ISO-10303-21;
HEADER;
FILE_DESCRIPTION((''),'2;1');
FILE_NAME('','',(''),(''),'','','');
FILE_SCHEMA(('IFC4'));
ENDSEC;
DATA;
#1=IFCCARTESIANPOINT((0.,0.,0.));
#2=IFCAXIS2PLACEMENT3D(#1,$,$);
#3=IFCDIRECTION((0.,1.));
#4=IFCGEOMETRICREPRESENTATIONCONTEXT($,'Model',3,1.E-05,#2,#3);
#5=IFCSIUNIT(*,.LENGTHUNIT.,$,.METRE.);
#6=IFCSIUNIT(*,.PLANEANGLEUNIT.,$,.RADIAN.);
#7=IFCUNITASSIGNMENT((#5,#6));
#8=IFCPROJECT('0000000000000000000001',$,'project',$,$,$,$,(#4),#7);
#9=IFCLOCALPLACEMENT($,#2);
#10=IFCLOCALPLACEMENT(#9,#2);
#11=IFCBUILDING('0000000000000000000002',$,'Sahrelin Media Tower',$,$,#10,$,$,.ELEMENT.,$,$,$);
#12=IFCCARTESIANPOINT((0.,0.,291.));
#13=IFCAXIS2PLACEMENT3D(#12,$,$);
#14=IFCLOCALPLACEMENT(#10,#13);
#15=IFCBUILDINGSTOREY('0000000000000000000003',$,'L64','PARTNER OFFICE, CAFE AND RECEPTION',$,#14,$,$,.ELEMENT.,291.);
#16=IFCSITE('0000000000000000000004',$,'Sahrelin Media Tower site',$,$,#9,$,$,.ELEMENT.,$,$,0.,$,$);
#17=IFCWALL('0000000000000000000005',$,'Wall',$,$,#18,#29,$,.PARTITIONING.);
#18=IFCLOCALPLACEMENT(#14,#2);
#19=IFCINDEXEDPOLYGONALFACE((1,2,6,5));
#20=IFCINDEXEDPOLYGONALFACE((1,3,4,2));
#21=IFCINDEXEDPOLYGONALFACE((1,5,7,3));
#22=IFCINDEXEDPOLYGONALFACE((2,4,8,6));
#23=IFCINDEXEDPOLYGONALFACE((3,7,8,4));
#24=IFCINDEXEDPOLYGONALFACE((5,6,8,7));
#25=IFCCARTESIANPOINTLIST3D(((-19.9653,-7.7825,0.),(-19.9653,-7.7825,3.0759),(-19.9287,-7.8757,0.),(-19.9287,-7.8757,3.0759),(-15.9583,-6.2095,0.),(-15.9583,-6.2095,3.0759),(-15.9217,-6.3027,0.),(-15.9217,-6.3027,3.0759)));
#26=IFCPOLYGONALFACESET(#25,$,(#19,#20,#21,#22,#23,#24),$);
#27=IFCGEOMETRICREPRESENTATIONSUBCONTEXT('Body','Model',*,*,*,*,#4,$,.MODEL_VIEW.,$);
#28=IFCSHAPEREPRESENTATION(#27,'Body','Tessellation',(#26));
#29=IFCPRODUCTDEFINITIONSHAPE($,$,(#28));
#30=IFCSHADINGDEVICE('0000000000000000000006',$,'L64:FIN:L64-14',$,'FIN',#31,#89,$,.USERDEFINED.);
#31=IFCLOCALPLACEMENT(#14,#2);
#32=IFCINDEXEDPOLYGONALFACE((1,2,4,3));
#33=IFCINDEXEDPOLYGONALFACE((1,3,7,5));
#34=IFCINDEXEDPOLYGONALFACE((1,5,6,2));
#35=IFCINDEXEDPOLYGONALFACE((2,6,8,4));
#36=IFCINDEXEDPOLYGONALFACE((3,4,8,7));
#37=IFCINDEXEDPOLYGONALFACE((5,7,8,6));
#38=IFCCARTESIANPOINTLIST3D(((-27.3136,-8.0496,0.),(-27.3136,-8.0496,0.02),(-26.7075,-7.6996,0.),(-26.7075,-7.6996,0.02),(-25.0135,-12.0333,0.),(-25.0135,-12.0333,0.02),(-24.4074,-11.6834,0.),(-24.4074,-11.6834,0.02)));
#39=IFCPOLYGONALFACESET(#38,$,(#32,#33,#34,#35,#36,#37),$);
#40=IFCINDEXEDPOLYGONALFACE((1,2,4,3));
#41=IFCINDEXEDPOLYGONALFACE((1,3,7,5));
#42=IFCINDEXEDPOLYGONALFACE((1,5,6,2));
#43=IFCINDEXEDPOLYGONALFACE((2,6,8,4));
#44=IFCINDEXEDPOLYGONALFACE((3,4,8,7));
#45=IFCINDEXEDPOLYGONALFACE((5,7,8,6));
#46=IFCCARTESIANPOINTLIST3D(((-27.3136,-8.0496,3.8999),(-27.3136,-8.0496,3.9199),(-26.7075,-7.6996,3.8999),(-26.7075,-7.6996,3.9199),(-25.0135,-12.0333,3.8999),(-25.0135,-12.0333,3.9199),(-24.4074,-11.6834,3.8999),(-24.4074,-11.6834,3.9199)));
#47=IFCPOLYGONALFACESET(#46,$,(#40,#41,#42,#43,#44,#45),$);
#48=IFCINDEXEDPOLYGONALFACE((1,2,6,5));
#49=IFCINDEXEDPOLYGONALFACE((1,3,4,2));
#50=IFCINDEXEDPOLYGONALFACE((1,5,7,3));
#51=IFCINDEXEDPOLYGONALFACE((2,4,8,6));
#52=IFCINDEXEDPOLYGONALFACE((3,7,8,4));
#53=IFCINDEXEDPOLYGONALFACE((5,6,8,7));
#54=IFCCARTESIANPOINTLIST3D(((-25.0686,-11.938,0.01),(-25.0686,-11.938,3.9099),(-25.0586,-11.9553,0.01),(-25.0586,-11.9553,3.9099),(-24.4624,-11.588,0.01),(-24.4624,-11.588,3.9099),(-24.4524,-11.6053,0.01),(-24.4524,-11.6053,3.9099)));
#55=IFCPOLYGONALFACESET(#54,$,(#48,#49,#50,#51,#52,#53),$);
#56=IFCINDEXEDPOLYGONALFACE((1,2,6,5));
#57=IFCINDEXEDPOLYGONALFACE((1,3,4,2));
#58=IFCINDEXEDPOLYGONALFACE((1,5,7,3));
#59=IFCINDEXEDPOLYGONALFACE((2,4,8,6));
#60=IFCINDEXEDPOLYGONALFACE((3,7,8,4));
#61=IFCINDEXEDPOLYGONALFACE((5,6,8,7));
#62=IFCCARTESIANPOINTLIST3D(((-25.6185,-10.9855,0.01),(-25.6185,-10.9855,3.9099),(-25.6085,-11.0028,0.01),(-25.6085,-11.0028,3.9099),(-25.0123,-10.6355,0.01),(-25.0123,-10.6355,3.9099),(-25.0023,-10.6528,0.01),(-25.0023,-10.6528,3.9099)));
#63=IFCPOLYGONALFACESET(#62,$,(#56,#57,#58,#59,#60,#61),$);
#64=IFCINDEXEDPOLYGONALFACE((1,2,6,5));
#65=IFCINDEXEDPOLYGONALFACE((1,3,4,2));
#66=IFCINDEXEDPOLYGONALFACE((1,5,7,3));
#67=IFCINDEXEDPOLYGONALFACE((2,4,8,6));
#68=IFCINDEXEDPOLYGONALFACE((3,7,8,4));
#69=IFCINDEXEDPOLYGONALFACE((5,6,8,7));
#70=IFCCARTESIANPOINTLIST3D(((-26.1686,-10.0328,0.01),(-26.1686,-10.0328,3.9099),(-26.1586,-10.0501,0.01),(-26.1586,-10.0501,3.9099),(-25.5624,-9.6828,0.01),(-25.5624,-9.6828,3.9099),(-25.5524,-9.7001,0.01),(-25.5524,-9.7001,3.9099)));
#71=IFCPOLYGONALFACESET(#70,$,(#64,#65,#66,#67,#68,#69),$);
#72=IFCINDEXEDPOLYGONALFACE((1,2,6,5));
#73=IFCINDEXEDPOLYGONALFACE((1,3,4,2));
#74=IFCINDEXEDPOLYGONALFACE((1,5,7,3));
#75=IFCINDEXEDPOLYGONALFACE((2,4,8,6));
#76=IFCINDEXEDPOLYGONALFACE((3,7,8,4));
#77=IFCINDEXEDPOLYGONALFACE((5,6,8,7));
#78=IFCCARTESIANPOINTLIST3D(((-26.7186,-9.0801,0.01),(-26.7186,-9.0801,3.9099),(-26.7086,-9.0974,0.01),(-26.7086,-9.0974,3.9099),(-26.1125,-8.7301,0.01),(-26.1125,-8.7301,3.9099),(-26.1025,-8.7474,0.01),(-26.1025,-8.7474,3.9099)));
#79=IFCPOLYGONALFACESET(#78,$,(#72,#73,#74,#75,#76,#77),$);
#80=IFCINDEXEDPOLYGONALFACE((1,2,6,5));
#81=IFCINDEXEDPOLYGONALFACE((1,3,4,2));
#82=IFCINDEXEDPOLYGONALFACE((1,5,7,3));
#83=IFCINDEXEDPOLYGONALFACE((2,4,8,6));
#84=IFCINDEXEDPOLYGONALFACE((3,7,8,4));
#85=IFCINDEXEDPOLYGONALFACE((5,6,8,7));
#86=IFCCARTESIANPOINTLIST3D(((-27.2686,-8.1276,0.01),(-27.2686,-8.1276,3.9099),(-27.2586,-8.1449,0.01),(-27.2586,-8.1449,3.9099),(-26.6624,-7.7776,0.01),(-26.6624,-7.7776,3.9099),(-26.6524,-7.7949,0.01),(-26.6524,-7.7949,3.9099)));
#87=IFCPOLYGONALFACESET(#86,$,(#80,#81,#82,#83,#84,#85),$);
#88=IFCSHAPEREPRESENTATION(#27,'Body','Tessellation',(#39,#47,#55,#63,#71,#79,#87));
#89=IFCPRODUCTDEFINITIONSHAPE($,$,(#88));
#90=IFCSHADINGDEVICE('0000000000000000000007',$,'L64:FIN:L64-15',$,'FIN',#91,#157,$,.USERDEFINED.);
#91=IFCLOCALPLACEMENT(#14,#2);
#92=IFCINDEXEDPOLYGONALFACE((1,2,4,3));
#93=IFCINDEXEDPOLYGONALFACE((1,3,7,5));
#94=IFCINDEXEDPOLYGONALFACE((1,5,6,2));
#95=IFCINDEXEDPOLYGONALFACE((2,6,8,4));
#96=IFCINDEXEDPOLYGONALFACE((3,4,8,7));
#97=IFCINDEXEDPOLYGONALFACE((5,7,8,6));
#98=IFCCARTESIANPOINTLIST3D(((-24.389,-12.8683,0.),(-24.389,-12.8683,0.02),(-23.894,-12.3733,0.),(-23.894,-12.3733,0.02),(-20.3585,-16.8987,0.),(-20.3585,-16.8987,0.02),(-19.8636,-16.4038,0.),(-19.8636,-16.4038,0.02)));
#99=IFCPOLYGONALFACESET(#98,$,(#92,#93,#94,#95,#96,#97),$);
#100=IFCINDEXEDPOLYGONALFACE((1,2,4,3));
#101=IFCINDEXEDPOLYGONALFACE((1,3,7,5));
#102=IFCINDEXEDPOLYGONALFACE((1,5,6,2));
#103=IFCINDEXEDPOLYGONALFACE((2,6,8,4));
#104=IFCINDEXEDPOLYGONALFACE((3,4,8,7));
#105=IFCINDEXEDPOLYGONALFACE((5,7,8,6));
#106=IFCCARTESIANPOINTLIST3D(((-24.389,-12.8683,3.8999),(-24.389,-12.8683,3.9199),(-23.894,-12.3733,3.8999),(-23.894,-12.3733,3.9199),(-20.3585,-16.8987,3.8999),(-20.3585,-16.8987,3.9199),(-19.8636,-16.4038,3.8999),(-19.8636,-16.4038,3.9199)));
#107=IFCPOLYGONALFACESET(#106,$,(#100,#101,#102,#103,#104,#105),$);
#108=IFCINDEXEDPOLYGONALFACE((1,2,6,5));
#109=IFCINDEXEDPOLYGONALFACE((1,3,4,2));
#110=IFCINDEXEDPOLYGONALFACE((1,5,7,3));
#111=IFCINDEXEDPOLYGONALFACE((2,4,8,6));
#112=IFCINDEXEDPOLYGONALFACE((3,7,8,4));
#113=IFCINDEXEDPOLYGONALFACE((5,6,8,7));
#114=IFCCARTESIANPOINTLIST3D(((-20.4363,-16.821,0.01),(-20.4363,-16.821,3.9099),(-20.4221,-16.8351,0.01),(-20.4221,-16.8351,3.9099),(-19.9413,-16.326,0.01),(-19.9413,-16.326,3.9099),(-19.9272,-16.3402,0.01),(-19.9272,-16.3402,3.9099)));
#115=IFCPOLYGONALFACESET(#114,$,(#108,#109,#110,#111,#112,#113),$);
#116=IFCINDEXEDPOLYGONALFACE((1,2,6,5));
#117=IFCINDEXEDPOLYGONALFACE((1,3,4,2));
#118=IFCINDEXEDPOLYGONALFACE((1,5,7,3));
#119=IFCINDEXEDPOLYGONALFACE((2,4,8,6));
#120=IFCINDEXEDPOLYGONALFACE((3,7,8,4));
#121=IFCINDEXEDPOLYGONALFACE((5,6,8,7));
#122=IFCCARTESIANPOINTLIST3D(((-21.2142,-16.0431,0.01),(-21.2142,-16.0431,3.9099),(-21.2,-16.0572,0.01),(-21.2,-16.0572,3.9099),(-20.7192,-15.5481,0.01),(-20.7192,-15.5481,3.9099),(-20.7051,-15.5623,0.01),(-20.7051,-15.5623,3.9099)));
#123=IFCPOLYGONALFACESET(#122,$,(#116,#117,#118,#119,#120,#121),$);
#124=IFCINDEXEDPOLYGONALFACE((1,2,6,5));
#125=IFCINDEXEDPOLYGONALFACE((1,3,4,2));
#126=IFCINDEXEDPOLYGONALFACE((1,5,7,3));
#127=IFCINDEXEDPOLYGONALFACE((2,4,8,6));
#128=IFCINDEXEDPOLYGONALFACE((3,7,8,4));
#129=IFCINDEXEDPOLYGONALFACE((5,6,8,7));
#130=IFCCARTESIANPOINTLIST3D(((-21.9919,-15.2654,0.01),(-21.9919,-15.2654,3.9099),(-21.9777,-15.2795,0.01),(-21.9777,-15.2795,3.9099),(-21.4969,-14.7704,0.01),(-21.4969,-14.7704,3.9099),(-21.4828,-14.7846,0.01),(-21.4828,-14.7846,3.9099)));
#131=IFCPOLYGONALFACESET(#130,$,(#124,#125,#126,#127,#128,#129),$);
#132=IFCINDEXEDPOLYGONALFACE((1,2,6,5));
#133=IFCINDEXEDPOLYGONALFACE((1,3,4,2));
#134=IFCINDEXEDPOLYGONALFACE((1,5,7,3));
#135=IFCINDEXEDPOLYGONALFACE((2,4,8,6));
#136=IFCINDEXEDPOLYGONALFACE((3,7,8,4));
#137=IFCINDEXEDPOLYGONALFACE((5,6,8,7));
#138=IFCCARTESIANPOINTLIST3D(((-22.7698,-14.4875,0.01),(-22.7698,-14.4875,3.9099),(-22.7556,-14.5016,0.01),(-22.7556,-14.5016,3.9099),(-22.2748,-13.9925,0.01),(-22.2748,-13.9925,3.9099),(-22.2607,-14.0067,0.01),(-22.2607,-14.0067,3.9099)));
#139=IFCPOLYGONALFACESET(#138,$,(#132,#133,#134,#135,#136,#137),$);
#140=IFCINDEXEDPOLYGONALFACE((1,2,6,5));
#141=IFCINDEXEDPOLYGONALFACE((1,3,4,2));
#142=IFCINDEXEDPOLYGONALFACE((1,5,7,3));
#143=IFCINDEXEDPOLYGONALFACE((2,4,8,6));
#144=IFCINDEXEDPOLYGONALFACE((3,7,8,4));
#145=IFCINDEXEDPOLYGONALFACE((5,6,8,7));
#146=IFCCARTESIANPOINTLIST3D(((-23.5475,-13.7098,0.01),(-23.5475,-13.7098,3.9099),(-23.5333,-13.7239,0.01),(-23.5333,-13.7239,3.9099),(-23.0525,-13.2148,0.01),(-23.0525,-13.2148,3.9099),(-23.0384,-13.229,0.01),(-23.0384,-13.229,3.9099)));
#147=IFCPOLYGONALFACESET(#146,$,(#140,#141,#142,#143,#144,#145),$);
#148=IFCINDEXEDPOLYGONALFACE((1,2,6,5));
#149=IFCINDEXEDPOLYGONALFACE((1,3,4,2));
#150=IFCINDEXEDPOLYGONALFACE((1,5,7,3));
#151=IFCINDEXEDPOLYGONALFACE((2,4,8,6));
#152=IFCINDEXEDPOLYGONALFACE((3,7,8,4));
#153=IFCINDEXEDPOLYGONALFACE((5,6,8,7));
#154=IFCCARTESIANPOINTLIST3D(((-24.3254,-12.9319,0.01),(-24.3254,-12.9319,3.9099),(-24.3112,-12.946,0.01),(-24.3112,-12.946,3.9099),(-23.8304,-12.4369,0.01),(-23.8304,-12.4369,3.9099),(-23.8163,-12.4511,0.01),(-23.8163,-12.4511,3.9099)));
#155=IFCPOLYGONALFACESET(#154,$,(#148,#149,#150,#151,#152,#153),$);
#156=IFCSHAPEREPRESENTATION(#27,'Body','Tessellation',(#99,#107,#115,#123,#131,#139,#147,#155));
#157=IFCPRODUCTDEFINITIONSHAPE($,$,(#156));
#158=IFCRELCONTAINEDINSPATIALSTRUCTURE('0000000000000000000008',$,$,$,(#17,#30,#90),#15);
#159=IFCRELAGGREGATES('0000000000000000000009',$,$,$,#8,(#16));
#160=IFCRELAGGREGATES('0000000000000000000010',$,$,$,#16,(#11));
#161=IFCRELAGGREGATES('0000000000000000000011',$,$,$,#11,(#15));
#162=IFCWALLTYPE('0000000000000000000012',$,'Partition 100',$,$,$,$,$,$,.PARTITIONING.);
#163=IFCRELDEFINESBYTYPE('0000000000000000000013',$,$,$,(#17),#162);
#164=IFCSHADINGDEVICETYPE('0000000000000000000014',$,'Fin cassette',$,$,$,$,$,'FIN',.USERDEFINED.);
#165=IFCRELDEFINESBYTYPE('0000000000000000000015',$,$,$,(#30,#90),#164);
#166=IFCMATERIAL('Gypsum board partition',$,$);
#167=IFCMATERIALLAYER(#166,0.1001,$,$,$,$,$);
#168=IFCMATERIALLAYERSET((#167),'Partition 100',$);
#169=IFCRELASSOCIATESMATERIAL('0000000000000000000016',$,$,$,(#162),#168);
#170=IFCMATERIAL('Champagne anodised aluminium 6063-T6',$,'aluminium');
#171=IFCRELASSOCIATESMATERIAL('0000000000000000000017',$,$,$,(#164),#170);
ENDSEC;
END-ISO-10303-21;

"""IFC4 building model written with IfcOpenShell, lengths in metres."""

from ifc_helpers import new_model, si_unit, direction, frame, frame_2d, origin, origin_2d, place, context, subcontext, project, spatial, rectangle, extrude, material, layer, layer_set, type_object, element, save


model = new_model("IFC4")

# Units and contexts
model_context = context("Model", 3, precision=1e-05, world=origin(), true_north=direction((0.0, 1.0)))
body_context = subcontext(model_context, "Body", "Model", "MODEL_VIEW")
ifc_project = project(units=[si_unit("LENGTHUNIT", "METRE"), si_unit("PLANEANGLEUNIT", "RADIAN")], contexts=[model_context])

# Site, building, storey
site_placement = place(None, origin())
site = spatial("IfcSite", under=ifc_project, at=site_placement, Name="Sahrelin Media Tower site", CompositionType="ELEMENT", RefElevation=0.0)
building_placement = place(site_placement, origin())
building = spatial("IfcBuilding", under=site, at=building_placement, Name="Sahrelin Media Tower", CompositionType="ELEMENT")
storey_placement = place(building_placement, frame((0.0, 0.0, 291.0)))
storey = spatial("IfcBuildingStorey", under=building, at=storey_placement, Name="L64", Description="PARTNER OFFICE, CAFE AND RECEPTION", CompositionType="ELEMENT", Elevation=291.0)

# Shared definitions
ifc_material_1 = material(Name="Champagne anodised aluminium 6063-T6", Category="aluminium")

# Wall
ifc_material_2 = material(Name="Gypsum board partition")
ifc_layer_1 = layer(ifc_material_2, 0.1001)
ifc_layer_set_1 = layer_set([ifc_layer_1], Name="Partition 100")
wall_type = type_object("IfcWallType", Name="Partition 100", PredefinedType="PARTITIONING", material=ifc_layer_set_1)
wall_placement = place(storey_placement, frame((-19.947, -7.8291, 0.0), z_axis=(0.0, 0.0, 1.0), x_axis=(0.930847, 0.365408, 0.0)))
element("IfcWall", 1, at=wall_placement, inside=storey, type_object=wall_type, Name="Wall", PredefinedType="PARTITIONING", context=body_context, shape_type="SweptSolid", body=[
    extrude(rectangle(XDim=4.3047, YDim=0.1001, at=frame_2d((2.1523, 0.0))), origin(), (0.0, 0.0, 1.0), 3.0759),
])

# Shading devices
shading_device_type_1 = type_object("IfcShadingDeviceType", Name="Fin cassette", ElementType="FIN", PredefinedType="USERDEFINED", material=ifc_material_1)
placement_1 = place(storey_placement, frame((-25.4968, -9.6565, 0.0), z_axis=(0.0, 0.0, 1.0), x_axis=(-0.500011, 0.866019, 0.0)))
element("IfcShadingDevice", 2, at=placement_1, inside=storey, type_object=shading_device_type_1, Name="L64:FIN:L64-14", ObjectType="FIN", PredefinedType="USERDEFINED", context=body_context, shape_type="SweptSolid", body=[
    extrude(rectangle(XDim=4.6001, YDim=0.7, at=origin_2d()), frame((0.0, 0.4199, 0.0)), (0.0, 0.0, 1.0), 0.02),
    extrude(rectangle(XDim=4.6001, YDim=0.7, at=origin_2d()), frame((0.0, 0.4199, 3.8999)), (0.0, 0.0, 1.0), 0.02),
    extrude(rectangle(XDim=0.02, YDim=0.7, at=origin_2d()), frame((-2.2, 0.4199, 0.01), z_axis=(0.0, 0.0, 1.0), x_axis=(1.0, 0.0, 0.0)), (0.0, 0.0, 1.0), 3.8999),
    extrude(rectangle(XDim=0.02, YDim=0.7, at=origin_2d()), frame((-1.1001, 0.4199, 0.01), z_axis=(0.0, 0.0, 1.0), x_axis=(1.0, 0.0, 0.0)), (0.0, 0.0, 1.0), 3.8999),
    extrude(rectangle(XDim=0.02, YDim=0.7, at=origin_2d()), frame((0.0, 0.4199, 0.01), z_axis=(0.0, 0.0, 1.0), x_axis=(1.0, 0.0, 0.0)), (0.0, 0.0, 1.0), 3.8999),
    extrude(rectangle(XDim=0.02, YDim=0.7, at=origin_2d()), frame((1.1001, 0.4199, 0.01), z_axis=(0.0, 0.0, 1.0), x_axis=(1.0, 0.0, 0.0)), (0.0, 0.0, 1.0), 3.8999),
    extrude(rectangle(XDim=0.02, YDim=0.7, at=origin_2d()), frame((2.2, 0.4199, 0.01), z_axis=(0.0, 0.0, 1.0), x_axis=(1.0, 0.0, 0.0)), (0.0, 0.0, 1.0), 3.8999),
])
placement_2 = place(storey_placement, frame((-21.8293, -14.3391, 0.0), z_axis=(0.0, 0.0, 1.0), x_axis=(-0.707107, 0.707107, 0.0)))
element("IfcShadingDevice", 3, at=placement_2, inside=storey, type_object=shading_device_type_1, Name="L64:FIN:L64-15", ObjectType="FIN", PredefinedType="USERDEFINED", context=body_context, shape_type="SweptSolid", body=[
    extrude(rectangle(XDim=5.7, YDim=0.7, at=origin_2d()), frame((0.0, 0.4199, 0.0)), (0.0, 0.0, 1.0), 0.02),
    extrude(rectangle(XDim=5.7, YDim=0.7, at=origin_2d()), frame((0.0, 0.4199, 3.8999)), (0.0, 0.0, 1.0), 0.02),
    extrude(rectangle(XDim=0.02, YDim=0.7, at=origin_2d()), frame((-2.75, 0.4199, 0.01), z_axis=(0.0, 0.0, 1.0), x_axis=(1.0, 0.0, 0.0)), (0.0, 0.0, 1.0), 3.8999),
    extrude(rectangle(XDim=0.02, YDim=0.7, at=origin_2d()), frame((-1.6499, 0.4199, 0.01), z_axis=(0.0, 0.0, 1.0), x_axis=(1.0, 0.0, 0.0)), (0.0, 0.0, 1.0), 3.8999),
    extrude(rectangle(XDim=0.02, YDim=0.7, at=origin_2d()), frame((-0.55, 0.4199, 0.01), z_axis=(0.0, 0.0, 1.0), x_axis=(1.0, 0.0, 0.0)), (0.0, 0.0, 1.0), 3.8999),
    extrude(rectangle(XDim=0.02, YDim=0.7, at=origin_2d()), frame((0.55, 0.4199, 0.01), z_axis=(0.0, 0.0, 1.0), x_axis=(1.0, 0.0, 0.0)), (0.0, 0.0, 1.0), 3.8999),
    extrude(rectangle(XDim=0.02, YDim=0.7, at=origin_2d()), frame((1.6499, 0.4199, 0.01), z_axis=(0.0, 0.0, 1.0), x_axis=(1.0, 0.0, 0.0)), (0.0, 0.0, 1.0), 3.8999),
    extrude(rectangle(XDim=0.02, YDim=0.7, at=origin_2d()), frame((2.75, 0.4199, 0.01), z_axis=(0.0, 0.0, 1.0), x_axis=(1.0, 0.0, 0.0)), (0.0, 0.0, 1.0), 3.8999),
])

save(model, "model.ifc")
